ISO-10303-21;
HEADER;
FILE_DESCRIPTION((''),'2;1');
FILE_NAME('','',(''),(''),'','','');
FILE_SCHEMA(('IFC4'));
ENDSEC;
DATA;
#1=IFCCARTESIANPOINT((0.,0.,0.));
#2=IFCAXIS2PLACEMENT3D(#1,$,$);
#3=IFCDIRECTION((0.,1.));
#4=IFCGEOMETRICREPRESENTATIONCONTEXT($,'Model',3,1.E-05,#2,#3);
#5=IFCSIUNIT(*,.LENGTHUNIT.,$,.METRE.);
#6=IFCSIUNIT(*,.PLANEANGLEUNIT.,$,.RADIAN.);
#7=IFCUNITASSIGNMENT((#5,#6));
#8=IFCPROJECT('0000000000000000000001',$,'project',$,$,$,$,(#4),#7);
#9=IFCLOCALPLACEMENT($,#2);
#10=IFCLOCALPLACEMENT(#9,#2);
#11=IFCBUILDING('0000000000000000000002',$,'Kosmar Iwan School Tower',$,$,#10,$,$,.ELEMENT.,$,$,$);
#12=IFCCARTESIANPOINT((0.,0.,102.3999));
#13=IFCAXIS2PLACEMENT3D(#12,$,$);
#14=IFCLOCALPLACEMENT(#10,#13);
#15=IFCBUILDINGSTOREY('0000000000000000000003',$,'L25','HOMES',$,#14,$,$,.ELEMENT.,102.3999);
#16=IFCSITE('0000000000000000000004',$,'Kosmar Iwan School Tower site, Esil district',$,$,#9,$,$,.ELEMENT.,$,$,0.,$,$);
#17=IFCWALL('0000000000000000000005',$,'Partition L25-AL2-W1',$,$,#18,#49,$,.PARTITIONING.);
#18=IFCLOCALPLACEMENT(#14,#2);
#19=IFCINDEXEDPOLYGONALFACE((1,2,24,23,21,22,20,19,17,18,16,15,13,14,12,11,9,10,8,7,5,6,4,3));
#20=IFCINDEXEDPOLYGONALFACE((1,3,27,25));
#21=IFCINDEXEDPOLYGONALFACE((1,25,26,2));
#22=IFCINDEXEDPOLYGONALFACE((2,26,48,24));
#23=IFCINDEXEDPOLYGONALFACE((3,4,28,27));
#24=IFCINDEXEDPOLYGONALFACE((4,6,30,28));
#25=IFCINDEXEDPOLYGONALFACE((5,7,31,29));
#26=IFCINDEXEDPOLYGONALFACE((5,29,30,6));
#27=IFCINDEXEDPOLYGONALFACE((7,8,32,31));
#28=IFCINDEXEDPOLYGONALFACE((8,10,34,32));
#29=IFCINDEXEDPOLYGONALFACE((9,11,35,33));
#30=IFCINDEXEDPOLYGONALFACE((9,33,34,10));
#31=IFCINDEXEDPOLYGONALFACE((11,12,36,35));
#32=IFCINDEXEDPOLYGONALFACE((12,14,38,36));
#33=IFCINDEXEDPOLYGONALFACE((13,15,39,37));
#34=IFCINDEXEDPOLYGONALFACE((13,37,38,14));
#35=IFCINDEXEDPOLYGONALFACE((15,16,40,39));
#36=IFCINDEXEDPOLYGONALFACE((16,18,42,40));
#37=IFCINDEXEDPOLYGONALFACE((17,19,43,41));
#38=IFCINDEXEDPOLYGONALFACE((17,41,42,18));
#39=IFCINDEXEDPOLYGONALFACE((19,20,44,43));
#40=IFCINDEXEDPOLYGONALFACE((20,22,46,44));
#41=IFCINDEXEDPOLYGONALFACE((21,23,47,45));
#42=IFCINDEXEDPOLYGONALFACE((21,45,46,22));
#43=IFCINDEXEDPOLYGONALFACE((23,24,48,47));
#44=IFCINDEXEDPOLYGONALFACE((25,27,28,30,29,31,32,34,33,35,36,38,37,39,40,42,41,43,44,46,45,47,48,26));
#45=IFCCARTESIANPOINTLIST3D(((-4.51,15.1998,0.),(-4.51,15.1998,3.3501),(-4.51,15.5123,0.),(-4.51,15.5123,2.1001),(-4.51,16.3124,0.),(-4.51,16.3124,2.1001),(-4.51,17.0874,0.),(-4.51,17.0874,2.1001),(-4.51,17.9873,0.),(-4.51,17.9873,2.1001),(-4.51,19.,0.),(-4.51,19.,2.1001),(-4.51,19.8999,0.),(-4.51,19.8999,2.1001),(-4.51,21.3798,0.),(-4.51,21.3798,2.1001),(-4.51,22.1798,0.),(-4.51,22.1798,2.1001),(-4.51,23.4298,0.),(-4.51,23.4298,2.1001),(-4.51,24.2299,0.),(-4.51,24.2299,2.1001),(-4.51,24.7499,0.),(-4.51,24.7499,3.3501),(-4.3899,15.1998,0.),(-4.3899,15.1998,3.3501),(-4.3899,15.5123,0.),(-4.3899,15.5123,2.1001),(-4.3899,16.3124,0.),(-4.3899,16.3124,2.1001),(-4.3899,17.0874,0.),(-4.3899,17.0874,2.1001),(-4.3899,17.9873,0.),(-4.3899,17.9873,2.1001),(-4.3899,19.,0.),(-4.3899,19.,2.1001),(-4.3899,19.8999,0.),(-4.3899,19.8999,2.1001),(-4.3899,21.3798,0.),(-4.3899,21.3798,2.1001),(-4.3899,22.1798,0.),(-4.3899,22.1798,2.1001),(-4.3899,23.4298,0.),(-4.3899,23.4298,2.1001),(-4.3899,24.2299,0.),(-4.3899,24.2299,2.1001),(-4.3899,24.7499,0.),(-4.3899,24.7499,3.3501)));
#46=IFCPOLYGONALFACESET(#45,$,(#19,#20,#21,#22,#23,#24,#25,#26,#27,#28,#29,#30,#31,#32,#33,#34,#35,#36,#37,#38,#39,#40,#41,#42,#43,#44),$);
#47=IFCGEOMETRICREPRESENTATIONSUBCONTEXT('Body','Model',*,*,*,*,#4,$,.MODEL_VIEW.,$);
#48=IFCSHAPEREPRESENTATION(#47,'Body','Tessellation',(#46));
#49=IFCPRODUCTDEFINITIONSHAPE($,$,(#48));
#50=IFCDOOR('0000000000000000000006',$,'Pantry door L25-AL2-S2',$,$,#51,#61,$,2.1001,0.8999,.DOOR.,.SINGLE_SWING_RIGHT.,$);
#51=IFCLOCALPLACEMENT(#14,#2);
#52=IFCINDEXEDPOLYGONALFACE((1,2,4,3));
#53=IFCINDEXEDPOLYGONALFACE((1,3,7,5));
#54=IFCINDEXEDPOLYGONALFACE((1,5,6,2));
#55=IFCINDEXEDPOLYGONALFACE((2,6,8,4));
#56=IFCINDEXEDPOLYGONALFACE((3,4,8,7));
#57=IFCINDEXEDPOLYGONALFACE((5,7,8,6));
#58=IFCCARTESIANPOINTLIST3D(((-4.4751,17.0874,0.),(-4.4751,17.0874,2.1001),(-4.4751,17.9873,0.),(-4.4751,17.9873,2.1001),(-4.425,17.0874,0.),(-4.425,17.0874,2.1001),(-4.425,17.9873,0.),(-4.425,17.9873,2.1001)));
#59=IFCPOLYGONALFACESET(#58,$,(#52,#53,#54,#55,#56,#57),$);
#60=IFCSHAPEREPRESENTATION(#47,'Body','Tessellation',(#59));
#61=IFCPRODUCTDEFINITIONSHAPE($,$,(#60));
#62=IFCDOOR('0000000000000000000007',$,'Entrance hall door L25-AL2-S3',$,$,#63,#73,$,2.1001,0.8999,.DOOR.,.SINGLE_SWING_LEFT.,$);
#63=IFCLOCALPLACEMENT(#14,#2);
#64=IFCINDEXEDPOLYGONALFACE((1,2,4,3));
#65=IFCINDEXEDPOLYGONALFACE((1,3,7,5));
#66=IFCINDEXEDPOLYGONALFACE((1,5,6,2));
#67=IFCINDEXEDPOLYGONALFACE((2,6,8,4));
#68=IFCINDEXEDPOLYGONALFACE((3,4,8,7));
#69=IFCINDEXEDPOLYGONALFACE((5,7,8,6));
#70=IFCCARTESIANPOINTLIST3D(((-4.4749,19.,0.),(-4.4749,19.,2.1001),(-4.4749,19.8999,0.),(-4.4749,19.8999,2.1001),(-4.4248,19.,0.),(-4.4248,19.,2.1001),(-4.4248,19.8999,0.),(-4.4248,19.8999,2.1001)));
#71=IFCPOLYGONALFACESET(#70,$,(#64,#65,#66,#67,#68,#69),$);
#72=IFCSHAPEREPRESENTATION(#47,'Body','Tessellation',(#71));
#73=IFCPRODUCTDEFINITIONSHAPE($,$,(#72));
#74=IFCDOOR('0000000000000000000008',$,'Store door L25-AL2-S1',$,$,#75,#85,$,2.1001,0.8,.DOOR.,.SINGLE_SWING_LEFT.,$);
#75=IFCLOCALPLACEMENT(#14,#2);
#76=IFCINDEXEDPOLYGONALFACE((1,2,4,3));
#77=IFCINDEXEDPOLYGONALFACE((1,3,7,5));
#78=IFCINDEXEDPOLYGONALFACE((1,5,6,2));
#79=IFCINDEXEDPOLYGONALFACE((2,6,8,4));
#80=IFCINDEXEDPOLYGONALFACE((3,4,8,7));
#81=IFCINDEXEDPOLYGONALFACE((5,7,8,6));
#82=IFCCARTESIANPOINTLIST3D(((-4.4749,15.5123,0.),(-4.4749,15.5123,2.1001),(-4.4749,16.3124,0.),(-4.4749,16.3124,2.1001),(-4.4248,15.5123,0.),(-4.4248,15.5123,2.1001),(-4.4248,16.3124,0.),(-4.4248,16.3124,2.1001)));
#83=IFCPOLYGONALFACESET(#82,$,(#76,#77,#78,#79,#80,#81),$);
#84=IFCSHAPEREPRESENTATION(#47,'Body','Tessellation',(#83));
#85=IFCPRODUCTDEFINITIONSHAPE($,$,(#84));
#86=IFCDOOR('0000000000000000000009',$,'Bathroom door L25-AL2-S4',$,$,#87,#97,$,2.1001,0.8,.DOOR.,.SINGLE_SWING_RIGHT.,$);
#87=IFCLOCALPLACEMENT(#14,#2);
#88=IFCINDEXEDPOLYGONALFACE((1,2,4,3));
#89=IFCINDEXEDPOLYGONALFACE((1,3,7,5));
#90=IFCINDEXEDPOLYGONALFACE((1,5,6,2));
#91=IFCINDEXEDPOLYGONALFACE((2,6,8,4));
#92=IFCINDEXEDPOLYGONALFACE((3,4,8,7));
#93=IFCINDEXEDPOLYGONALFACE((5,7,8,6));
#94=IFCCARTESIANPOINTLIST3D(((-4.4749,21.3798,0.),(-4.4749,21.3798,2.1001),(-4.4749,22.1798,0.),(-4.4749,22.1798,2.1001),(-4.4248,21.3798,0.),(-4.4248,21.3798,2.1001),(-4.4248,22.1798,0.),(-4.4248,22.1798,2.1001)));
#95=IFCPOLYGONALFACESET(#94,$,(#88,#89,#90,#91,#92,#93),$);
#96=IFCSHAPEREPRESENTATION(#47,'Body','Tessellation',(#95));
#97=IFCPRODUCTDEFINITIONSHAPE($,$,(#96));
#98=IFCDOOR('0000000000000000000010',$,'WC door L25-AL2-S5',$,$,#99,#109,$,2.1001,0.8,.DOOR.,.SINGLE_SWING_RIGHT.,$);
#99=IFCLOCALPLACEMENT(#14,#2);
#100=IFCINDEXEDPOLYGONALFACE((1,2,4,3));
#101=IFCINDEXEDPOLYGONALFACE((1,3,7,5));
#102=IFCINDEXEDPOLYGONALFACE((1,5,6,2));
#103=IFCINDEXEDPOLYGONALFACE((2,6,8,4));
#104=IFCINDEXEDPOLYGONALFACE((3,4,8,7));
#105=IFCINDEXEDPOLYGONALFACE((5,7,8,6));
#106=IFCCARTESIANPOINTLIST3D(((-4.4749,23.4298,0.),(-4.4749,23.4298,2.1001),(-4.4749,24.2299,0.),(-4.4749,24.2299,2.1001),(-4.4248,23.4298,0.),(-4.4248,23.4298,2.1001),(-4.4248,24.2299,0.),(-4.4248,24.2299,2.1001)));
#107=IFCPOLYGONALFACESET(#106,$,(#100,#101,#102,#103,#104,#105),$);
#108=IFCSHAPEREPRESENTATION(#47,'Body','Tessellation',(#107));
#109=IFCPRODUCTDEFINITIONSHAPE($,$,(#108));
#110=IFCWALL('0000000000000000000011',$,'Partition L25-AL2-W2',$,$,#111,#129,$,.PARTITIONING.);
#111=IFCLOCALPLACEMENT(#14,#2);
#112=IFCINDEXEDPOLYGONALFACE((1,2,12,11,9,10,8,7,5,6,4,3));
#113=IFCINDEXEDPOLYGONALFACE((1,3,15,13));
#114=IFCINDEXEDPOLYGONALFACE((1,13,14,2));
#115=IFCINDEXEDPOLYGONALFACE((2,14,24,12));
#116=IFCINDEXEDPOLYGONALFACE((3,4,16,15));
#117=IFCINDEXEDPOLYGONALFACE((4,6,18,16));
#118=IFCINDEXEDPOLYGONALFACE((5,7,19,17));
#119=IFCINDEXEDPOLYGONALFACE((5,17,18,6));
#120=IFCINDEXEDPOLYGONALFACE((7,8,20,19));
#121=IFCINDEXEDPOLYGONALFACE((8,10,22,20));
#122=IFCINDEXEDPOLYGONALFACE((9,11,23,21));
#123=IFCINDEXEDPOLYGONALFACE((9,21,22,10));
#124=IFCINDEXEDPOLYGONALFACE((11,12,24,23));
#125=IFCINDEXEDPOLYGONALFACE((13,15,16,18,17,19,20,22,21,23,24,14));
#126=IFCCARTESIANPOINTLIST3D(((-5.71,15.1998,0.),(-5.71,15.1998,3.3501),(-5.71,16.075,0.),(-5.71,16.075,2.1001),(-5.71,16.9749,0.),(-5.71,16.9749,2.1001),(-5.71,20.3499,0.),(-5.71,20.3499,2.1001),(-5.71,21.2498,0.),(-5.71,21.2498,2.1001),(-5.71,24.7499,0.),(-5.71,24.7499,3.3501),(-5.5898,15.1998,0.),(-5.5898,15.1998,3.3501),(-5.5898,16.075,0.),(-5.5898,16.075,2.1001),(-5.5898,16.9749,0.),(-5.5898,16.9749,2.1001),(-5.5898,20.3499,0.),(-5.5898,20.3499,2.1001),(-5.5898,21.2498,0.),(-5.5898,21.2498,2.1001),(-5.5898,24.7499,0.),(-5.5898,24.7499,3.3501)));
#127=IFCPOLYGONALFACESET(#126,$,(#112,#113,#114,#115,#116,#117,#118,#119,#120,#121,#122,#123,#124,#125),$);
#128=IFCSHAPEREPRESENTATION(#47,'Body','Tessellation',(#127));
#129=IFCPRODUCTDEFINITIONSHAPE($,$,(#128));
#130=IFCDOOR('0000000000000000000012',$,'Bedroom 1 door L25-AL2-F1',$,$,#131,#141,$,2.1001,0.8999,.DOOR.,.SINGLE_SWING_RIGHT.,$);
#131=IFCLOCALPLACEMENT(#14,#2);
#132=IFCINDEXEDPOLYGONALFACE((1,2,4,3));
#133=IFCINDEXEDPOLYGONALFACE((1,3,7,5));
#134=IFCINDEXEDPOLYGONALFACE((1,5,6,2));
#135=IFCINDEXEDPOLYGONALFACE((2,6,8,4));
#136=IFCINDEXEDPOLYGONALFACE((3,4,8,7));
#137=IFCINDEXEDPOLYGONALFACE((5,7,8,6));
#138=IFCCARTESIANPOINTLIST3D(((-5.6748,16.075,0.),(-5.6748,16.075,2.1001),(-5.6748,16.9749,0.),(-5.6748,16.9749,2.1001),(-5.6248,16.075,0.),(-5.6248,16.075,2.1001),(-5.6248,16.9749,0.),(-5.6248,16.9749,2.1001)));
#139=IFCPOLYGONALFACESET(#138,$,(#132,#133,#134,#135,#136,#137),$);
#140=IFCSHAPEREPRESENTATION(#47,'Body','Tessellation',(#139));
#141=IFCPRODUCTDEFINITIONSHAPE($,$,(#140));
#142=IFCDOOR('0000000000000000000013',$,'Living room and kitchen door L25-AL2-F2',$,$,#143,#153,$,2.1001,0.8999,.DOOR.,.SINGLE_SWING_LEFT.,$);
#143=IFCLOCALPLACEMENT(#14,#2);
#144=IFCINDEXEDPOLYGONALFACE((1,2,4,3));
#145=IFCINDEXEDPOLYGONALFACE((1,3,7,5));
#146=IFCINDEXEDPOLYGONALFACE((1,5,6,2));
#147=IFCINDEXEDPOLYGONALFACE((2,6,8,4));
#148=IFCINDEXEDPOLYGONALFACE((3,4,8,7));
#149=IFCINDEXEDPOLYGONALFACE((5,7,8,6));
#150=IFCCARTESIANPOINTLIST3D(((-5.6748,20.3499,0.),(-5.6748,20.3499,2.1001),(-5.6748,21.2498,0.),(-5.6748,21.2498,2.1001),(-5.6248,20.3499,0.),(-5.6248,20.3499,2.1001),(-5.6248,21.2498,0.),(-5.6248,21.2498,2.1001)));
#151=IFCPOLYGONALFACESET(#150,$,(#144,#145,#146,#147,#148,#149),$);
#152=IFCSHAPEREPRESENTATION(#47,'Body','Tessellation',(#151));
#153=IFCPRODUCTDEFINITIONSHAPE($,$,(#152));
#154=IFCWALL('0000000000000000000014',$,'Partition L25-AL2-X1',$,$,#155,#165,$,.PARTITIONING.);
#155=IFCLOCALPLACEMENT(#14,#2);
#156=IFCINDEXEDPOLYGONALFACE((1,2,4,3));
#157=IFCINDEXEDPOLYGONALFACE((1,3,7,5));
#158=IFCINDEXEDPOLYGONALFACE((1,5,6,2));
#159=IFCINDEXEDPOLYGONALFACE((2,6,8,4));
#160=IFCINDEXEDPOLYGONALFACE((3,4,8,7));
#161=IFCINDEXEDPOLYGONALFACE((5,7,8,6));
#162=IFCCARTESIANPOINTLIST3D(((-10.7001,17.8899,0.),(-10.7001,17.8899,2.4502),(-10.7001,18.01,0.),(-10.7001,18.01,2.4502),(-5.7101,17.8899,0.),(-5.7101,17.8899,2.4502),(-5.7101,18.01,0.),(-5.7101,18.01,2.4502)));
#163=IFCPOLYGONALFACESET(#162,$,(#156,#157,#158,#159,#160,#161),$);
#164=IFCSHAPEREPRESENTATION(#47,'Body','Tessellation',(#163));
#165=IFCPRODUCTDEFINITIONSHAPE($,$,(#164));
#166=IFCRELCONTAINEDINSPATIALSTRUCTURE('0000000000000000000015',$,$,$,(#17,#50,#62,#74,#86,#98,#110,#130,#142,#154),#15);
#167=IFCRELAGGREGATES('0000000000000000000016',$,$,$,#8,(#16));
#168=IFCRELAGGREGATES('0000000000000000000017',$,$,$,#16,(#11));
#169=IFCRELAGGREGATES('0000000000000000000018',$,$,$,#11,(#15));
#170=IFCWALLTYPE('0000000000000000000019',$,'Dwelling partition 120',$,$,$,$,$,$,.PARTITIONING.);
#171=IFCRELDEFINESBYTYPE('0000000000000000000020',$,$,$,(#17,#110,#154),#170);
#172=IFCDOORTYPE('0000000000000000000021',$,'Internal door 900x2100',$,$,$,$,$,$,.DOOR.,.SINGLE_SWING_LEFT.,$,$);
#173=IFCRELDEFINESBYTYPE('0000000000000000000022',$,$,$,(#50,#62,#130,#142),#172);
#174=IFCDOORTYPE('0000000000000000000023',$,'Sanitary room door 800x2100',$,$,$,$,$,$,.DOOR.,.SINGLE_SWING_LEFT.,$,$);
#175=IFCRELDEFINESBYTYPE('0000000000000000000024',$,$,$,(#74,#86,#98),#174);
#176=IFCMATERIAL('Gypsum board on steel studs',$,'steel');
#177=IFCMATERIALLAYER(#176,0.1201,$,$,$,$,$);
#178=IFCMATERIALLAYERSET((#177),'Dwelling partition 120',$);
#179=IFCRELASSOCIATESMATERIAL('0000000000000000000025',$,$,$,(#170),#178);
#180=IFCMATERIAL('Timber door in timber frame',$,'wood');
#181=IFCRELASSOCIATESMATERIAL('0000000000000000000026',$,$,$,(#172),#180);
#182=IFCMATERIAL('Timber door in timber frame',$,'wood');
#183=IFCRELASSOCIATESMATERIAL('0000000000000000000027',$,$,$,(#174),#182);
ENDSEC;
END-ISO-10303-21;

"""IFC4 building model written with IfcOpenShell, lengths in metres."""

from ifc_helpers import new_model, si_unit, direction, frame, frame_2d, origin, place, context, subcontext, project, spatial, rectangle, extrude, material, layer, layer_set, type_object, element, fill, save


model = new_model("IFC4")

# Units and contexts
model_context = context("Model", 3, precision=1e-05, world=origin(), true_north=direction((0.0, 1.0)))
body_context = subcontext(model_context, "Body", "Model", "MODEL_VIEW")
ifc_project = project(units=[si_unit("LENGTHUNIT", "METRE"), si_unit("PLANEANGLEUNIT", "RADIAN")], contexts=[model_context])

# Site, building, storey
site_placement = place(None, origin())
site = spatial("IfcSite", under=ifc_project, at=site_placement, Name="Kosmar Iwan School Tower site, Esil district", CompositionType="ELEMENT", RefElevation=0.0)
building_placement = place(site_placement, origin())
building = spatial("IfcBuilding", under=site, at=building_placement, Name="Kosmar Iwan School Tower", CompositionType="ELEMENT")
storey_placement = place(building_placement, frame((0.0, 0.0, 102.3999)))
storey = spatial("IfcBuildingStorey", under=building, at=storey_placement, Name="L25", Description="HOMES", CompositionType="ELEMENT", Elevation=102.3999)

# Shared definitions
ifc_material_1 = material(Name="Gypsum board on steel studs", Category="steel")
ifc_layer_1 = layer(ifc_material_1, 0.1201)
ifc_layer_set_1 = layer_set([ifc_layer_1], Name="Dwelling partition 120")
wall_type_1 = type_object("IfcWallType", Name="Dwelling partition 120", PredefinedType="PARTITIONING", material=ifc_layer_set_1)

# Walls, openings, doors
wall_1_placement = place(storey_placement, frame((-4.45, 15.2, 0.0), z_axis=(0.0, 0.0, 1.0), x_axis=(0.0, 1.0, 0.0)))
wall_1 = element("IfcWall", 1, at=wall_1_placement, inside=storey, type_object=wall_type_1, Name="Partition L25-AL2-W1", PredefinedType="PARTITIONING", context=body_context, shape_type="SweptSolid", body=[
    extrude(rectangle(XDim=9.55, YDim=0.1201, at=frame_2d((4.7749, 0.0))), origin(), (0.0, 0.0, 1.0), 3.3501),
])
opening_1_placement = place(wall_1_placement, frame((0.3125, 0.0, 0.0)))
opening_1 = element("IfcOpeningElement", 2, at=opening_1_placement, cuts=wall_1, PredefinedType="OPENING", context=body_context, shape_type="SweptSolid", body=[
    extrude(rectangle(XDim=0.8, YDim=2.1001, at=frame_2d((0.3999, 1.05))), frame((0.0, 0.072, 0.0), z_axis=(0.0, -1.0, 0.0), x_axis=(1.0, 0.0, 0.0)), (0.0, 0.0, 1.0), 0.144),
])
opening_2_placement = place(wall_1_placement, frame((1.8875, 0.0, 0.0)))
opening_2 = element("IfcOpeningElement", 3, at=opening_2_placement, cuts=wall_1, PredefinedType="OPENING", context=body_context, shape_type="SweptSolid", body=[
    extrude(rectangle(XDim=0.8999, YDim=2.1001, at=frame_2d((0.45, 1.05))), frame((0.0, 0.072, 0.0), z_axis=(0.0, -1.0, 0.0), x_axis=(1.0, 0.0, 0.0)), (0.0, 0.0, 1.0), 0.144),
])
opening_3_placement = place(wall_1_placement, frame((3.8, 0.0, 0.0)))
opening_3 = element("IfcOpeningElement", 4, at=opening_3_placement, cuts=wall_1, PredefinedType="OPENING", context=body_context, shape_type="SweptSolid", body=[
    extrude(rectangle(XDim=0.8999, YDim=2.1001, at=frame_2d((0.45, 1.05))), frame((0.0, 0.072, 0.0), z_axis=(0.0, -1.0, 0.0), x_axis=(1.0, 0.0, 0.0)), (0.0, 0.0, 1.0), 0.144),
])
opening_4_placement = place(wall_1_placement, frame((6.1799, 0.0, 0.0)))
opening_4 = element("IfcOpeningElement", 5, at=opening_4_placement, cuts=wall_1, PredefinedType="OPENING", context=body_context, shape_type="SweptSolid", body=[
    extrude(rectangle(XDim=0.8, YDim=2.1001, at=frame_2d((0.3999, 1.05))), frame((0.0, 0.072, 0.0), z_axis=(0.0, -1.0, 0.0), x_axis=(1.0, 0.0, 0.0)), (0.0, 0.0, 1.0), 0.144),
])
opening_5_placement = place(wall_1_placement, frame((8.23, 0.0, 0.0)))
opening_5 = element("IfcOpeningElement", 6, at=opening_5_placement, cuts=wall_1, PredefinedType="OPENING", context=body_context, shape_type="SweptSolid", body=[
    extrude(rectangle(XDim=0.8, YDim=2.1001, at=frame_2d((0.3999, 1.05))), frame((0.0, 0.072, 0.0), z_axis=(0.0, -1.0, 0.0), x_axis=(1.0, 0.0, 0.0)), (0.0, 0.0, 1.0), 0.144),
])
ifc_material_2 = material(Name="Timber door in timber frame", Category="wood")
door_type_1 = type_object("IfcDoorType", Name="Internal door 900x2100", OperationType="SINGLE_SWING_LEFT", PredefinedType="DOOR", material=ifc_material_2)
door_1_placement = place(opening_2_placement, frame((0.8999, 0.0, 0.0), z_axis=(0.0, 0.0, 1.0), x_axis=(-1.0, 0.0, 0.0)))
door_1 = element("IfcDoor", 7, at=door_1_placement, inside=storey, type_object=door_type_1, Name="Pantry door L25-AL2-S2", OperationType="SINGLE_SWING_RIGHT", OverallHeight=2.1001, OverallWidth=0.8999, PredefinedType="DOOR", context=body_context, shape_type="SweptSolid", body=[
    extrude(rectangle(XDim=0.8999, YDim=2.1001, at=frame_2d((0.45, 1.05))), frame((0.0, 0.0249, 0.0), z_axis=(0.0, -1.0, 0.0), x_axis=(1.0, 0.0, 0.0)), (0.0, 0.0, 1.0), 0.05),
])
fill(opening_2, door_1)
door_2_placement = place(opening_3_placement, origin())
door_2 = element("IfcDoor", 8, at=door_2_placement, inside=storey, type_object=door_type_1, Name="Entrance hall door L25-AL2-S3", OperationType="SINGLE_SWING_LEFT", OverallHeight=2.1001, OverallWidth=0.8999, PredefinedType="DOOR", context=body_context, shape_type="SweptSolid", body=[
    extrude(rectangle(XDim=0.8999, YDim=2.1001, at=frame_2d((0.45, 1.05))), frame((0.0, 0.0249, 0.0), z_axis=(0.0, -1.0, 0.0), x_axis=(1.0, 0.0, 0.0)), (0.0, 0.0, 1.0), 0.05),
])
fill(opening_3, door_2)
ifc_material_3 = material(Name="Timber door in timber frame", Category="wood")
door_type_2 = type_object("IfcDoorType", Name="Sanitary room door 800x2100", OperationType="SINGLE_SWING_LEFT", PredefinedType="DOOR", material=ifc_material_3)
door_3_placement = place(opening_1_placement, origin())
door_3 = element("IfcDoor", 9, at=door_3_placement, inside=storey, type_object=door_type_2, Name="Store door L25-AL2-S1", OperationType="SINGLE_SWING_LEFT", OverallHeight=2.1001, OverallWidth=0.8, PredefinedType="DOOR", context=body_context, shape_type="SweptSolid", body=[
    extrude(rectangle(XDim=0.8, YDim=2.1001, at=frame_2d((0.3999, 1.05))), frame((0.0, 0.0249, 0.0), z_axis=(0.0, -1.0, 0.0), x_axis=(1.0, 0.0, 0.0)), (0.0, 0.0, 1.0), 0.05),
])
fill(opening_1, door_3)
door_4_placement = place(opening_4_placement, origin())
door_4 = element("IfcDoor", 10, at=door_4_placement, inside=storey, type_object=door_type_2, Name="Bathroom door L25-AL2-S4", OperationType="SINGLE_SWING_RIGHT", OverallHeight=2.1001, OverallWidth=0.8, PredefinedType="DOOR", context=body_context, shape_type="SweptSolid", body=[
    extrude(rectangle(XDim=0.8, YDim=2.1001, at=frame_2d((0.3999, 1.05))), frame((0.0, 0.0249, 0.0), z_axis=(0.0, -1.0, 0.0), x_axis=(1.0, 0.0, 0.0)), (0.0, 0.0, 1.0), 0.05),
])
fill(opening_4, door_4)
door_5_placement = place(opening_5_placement, origin())
door_5 = element("IfcDoor", 11, at=door_5_placement, inside=storey, type_object=door_type_2, Name="WC door L25-AL2-S5", OperationType="SINGLE_SWING_RIGHT", OverallHeight=2.1001, OverallWidth=0.8, PredefinedType="DOOR", context=body_context, shape_type="SweptSolid", body=[
    extrude(rectangle(XDim=0.8, YDim=2.1001, at=frame_2d((0.3999, 1.05))), frame((0.0, 0.0249, 0.0), z_axis=(0.0, -1.0, 0.0), x_axis=(1.0, 0.0, 0.0)), (0.0, 0.0, 1.0), 0.05),
])
fill(opening_5, door_5)
wall_2_placement = place(storey_placement, frame((-5.6499, 15.2, 0.0), z_axis=(0.0, 0.0, 1.0), x_axis=(0.0, 1.0, 0.0)))
wall_2 = element("IfcWall", 12, at=wall_2_placement, inside=storey, type_object=wall_type_1, Name="Partition L25-AL2-W2", PredefinedType="PARTITIONING", context=body_context, shape_type="SweptSolid", body=[
    extrude(rectangle(XDim=9.55, YDim=0.1201, at=frame_2d((4.7749, 0.0))), origin(), (0.0, 0.0, 1.0), 3.3501),
])
opening_6_placement = place(wall_2_placement, frame((0.875, 0.0, 0.0)))
opening_6 = element("IfcOpeningElement", 13, at=opening_6_placement, cuts=wall_2, PredefinedType="OPENING", context=body_context, shape_type="SweptSolid", body=[
    extrude(rectangle(XDim=0.8999, YDim=2.1001, at=frame_2d((0.45, 1.05))), frame((0.0, 0.072, 0.0), z_axis=(0.0, -1.0, 0.0), x_axis=(1.0, 0.0, 0.0)), (0.0, 0.0, 1.0), 0.144),
])
opening_7_placement = place(wall_2_placement, frame((5.1499, 0.0, 0.0)))
opening_7 = element("IfcOpeningElement", 14, at=opening_7_placement, cuts=wall_2, PredefinedType="OPENING", context=body_context, shape_type="SweptSolid", body=[
    extrude(rectangle(XDim=0.8999, YDim=2.1001, at=frame_2d((0.45, 1.05))), frame((0.0, 0.072, 0.0), z_axis=(0.0, -1.0, 0.0), x_axis=(1.0, 0.0, 0.0)), (0.0, 0.0, 1.0), 0.144),
])
door_6_placement = place(opening_6_placement, origin())
door_6 = element("IfcDoor", 15, at=door_6_placement, inside=storey, type_object=door_type_1, Name="Bedroom 1 door L25-AL2-F1", OperationType="SINGLE_SWING_RIGHT", OverallHeight=2.1001, OverallWidth=0.8999, PredefinedType="DOOR", context=body_context, shape_type="SweptSolid", body=[
    extrude(rectangle(XDim=0.8999, YDim=2.1001, at=frame_2d((0.45, 1.05))), frame((0.0, 0.0249, 0.0), z_axis=(0.0, -1.0, 0.0), x_axis=(1.0, 0.0, 0.0)), (0.0, 0.0, 1.0), 0.05),
])
fill(opening_6, door_6)
door_7_placement = place(opening_7_placement, origin())
door_7 = element("IfcDoor", 16, at=door_7_placement, inside=storey, type_object=door_type_1, Name="Living room and kitchen door L25-AL2-F2", OperationType="SINGLE_SWING_LEFT", OverallHeight=2.1001, OverallWidth=0.8999, PredefinedType="DOOR", context=body_context, shape_type="SweptSolid", body=[
    extrude(rectangle(XDim=0.8999, YDim=2.1001, at=frame_2d((0.45, 1.05))), frame((0.0, 0.0249, 0.0), z_axis=(0.0, -1.0, 0.0), x_axis=(1.0, 0.0, 0.0)), (0.0, 0.0, 1.0), 0.05),
])
fill(opening_7, door_7)

# Wall
wall_3_placement = place(storey_placement, frame((-5.71, 17.95, 0.0), z_axis=(0.0, 0.0, 1.0), x_axis=(-1.0, 0.0, 0.0)))
element("IfcWall", 17, at=wall_3_placement, inside=storey, type_object=wall_type_1, Name="Partition L25-AL2-X1", PredefinedType="PARTITIONING", context=body_context, shape_type="SweptSolid", body=[
    extrude(rectangle(XDim=4.99, YDim=0.1201, at=frame_2d((2.4951, 0.0))), origin(), (0.0, 0.0, 1.0), 2.4502),
])

save(model, "model.ifc")
